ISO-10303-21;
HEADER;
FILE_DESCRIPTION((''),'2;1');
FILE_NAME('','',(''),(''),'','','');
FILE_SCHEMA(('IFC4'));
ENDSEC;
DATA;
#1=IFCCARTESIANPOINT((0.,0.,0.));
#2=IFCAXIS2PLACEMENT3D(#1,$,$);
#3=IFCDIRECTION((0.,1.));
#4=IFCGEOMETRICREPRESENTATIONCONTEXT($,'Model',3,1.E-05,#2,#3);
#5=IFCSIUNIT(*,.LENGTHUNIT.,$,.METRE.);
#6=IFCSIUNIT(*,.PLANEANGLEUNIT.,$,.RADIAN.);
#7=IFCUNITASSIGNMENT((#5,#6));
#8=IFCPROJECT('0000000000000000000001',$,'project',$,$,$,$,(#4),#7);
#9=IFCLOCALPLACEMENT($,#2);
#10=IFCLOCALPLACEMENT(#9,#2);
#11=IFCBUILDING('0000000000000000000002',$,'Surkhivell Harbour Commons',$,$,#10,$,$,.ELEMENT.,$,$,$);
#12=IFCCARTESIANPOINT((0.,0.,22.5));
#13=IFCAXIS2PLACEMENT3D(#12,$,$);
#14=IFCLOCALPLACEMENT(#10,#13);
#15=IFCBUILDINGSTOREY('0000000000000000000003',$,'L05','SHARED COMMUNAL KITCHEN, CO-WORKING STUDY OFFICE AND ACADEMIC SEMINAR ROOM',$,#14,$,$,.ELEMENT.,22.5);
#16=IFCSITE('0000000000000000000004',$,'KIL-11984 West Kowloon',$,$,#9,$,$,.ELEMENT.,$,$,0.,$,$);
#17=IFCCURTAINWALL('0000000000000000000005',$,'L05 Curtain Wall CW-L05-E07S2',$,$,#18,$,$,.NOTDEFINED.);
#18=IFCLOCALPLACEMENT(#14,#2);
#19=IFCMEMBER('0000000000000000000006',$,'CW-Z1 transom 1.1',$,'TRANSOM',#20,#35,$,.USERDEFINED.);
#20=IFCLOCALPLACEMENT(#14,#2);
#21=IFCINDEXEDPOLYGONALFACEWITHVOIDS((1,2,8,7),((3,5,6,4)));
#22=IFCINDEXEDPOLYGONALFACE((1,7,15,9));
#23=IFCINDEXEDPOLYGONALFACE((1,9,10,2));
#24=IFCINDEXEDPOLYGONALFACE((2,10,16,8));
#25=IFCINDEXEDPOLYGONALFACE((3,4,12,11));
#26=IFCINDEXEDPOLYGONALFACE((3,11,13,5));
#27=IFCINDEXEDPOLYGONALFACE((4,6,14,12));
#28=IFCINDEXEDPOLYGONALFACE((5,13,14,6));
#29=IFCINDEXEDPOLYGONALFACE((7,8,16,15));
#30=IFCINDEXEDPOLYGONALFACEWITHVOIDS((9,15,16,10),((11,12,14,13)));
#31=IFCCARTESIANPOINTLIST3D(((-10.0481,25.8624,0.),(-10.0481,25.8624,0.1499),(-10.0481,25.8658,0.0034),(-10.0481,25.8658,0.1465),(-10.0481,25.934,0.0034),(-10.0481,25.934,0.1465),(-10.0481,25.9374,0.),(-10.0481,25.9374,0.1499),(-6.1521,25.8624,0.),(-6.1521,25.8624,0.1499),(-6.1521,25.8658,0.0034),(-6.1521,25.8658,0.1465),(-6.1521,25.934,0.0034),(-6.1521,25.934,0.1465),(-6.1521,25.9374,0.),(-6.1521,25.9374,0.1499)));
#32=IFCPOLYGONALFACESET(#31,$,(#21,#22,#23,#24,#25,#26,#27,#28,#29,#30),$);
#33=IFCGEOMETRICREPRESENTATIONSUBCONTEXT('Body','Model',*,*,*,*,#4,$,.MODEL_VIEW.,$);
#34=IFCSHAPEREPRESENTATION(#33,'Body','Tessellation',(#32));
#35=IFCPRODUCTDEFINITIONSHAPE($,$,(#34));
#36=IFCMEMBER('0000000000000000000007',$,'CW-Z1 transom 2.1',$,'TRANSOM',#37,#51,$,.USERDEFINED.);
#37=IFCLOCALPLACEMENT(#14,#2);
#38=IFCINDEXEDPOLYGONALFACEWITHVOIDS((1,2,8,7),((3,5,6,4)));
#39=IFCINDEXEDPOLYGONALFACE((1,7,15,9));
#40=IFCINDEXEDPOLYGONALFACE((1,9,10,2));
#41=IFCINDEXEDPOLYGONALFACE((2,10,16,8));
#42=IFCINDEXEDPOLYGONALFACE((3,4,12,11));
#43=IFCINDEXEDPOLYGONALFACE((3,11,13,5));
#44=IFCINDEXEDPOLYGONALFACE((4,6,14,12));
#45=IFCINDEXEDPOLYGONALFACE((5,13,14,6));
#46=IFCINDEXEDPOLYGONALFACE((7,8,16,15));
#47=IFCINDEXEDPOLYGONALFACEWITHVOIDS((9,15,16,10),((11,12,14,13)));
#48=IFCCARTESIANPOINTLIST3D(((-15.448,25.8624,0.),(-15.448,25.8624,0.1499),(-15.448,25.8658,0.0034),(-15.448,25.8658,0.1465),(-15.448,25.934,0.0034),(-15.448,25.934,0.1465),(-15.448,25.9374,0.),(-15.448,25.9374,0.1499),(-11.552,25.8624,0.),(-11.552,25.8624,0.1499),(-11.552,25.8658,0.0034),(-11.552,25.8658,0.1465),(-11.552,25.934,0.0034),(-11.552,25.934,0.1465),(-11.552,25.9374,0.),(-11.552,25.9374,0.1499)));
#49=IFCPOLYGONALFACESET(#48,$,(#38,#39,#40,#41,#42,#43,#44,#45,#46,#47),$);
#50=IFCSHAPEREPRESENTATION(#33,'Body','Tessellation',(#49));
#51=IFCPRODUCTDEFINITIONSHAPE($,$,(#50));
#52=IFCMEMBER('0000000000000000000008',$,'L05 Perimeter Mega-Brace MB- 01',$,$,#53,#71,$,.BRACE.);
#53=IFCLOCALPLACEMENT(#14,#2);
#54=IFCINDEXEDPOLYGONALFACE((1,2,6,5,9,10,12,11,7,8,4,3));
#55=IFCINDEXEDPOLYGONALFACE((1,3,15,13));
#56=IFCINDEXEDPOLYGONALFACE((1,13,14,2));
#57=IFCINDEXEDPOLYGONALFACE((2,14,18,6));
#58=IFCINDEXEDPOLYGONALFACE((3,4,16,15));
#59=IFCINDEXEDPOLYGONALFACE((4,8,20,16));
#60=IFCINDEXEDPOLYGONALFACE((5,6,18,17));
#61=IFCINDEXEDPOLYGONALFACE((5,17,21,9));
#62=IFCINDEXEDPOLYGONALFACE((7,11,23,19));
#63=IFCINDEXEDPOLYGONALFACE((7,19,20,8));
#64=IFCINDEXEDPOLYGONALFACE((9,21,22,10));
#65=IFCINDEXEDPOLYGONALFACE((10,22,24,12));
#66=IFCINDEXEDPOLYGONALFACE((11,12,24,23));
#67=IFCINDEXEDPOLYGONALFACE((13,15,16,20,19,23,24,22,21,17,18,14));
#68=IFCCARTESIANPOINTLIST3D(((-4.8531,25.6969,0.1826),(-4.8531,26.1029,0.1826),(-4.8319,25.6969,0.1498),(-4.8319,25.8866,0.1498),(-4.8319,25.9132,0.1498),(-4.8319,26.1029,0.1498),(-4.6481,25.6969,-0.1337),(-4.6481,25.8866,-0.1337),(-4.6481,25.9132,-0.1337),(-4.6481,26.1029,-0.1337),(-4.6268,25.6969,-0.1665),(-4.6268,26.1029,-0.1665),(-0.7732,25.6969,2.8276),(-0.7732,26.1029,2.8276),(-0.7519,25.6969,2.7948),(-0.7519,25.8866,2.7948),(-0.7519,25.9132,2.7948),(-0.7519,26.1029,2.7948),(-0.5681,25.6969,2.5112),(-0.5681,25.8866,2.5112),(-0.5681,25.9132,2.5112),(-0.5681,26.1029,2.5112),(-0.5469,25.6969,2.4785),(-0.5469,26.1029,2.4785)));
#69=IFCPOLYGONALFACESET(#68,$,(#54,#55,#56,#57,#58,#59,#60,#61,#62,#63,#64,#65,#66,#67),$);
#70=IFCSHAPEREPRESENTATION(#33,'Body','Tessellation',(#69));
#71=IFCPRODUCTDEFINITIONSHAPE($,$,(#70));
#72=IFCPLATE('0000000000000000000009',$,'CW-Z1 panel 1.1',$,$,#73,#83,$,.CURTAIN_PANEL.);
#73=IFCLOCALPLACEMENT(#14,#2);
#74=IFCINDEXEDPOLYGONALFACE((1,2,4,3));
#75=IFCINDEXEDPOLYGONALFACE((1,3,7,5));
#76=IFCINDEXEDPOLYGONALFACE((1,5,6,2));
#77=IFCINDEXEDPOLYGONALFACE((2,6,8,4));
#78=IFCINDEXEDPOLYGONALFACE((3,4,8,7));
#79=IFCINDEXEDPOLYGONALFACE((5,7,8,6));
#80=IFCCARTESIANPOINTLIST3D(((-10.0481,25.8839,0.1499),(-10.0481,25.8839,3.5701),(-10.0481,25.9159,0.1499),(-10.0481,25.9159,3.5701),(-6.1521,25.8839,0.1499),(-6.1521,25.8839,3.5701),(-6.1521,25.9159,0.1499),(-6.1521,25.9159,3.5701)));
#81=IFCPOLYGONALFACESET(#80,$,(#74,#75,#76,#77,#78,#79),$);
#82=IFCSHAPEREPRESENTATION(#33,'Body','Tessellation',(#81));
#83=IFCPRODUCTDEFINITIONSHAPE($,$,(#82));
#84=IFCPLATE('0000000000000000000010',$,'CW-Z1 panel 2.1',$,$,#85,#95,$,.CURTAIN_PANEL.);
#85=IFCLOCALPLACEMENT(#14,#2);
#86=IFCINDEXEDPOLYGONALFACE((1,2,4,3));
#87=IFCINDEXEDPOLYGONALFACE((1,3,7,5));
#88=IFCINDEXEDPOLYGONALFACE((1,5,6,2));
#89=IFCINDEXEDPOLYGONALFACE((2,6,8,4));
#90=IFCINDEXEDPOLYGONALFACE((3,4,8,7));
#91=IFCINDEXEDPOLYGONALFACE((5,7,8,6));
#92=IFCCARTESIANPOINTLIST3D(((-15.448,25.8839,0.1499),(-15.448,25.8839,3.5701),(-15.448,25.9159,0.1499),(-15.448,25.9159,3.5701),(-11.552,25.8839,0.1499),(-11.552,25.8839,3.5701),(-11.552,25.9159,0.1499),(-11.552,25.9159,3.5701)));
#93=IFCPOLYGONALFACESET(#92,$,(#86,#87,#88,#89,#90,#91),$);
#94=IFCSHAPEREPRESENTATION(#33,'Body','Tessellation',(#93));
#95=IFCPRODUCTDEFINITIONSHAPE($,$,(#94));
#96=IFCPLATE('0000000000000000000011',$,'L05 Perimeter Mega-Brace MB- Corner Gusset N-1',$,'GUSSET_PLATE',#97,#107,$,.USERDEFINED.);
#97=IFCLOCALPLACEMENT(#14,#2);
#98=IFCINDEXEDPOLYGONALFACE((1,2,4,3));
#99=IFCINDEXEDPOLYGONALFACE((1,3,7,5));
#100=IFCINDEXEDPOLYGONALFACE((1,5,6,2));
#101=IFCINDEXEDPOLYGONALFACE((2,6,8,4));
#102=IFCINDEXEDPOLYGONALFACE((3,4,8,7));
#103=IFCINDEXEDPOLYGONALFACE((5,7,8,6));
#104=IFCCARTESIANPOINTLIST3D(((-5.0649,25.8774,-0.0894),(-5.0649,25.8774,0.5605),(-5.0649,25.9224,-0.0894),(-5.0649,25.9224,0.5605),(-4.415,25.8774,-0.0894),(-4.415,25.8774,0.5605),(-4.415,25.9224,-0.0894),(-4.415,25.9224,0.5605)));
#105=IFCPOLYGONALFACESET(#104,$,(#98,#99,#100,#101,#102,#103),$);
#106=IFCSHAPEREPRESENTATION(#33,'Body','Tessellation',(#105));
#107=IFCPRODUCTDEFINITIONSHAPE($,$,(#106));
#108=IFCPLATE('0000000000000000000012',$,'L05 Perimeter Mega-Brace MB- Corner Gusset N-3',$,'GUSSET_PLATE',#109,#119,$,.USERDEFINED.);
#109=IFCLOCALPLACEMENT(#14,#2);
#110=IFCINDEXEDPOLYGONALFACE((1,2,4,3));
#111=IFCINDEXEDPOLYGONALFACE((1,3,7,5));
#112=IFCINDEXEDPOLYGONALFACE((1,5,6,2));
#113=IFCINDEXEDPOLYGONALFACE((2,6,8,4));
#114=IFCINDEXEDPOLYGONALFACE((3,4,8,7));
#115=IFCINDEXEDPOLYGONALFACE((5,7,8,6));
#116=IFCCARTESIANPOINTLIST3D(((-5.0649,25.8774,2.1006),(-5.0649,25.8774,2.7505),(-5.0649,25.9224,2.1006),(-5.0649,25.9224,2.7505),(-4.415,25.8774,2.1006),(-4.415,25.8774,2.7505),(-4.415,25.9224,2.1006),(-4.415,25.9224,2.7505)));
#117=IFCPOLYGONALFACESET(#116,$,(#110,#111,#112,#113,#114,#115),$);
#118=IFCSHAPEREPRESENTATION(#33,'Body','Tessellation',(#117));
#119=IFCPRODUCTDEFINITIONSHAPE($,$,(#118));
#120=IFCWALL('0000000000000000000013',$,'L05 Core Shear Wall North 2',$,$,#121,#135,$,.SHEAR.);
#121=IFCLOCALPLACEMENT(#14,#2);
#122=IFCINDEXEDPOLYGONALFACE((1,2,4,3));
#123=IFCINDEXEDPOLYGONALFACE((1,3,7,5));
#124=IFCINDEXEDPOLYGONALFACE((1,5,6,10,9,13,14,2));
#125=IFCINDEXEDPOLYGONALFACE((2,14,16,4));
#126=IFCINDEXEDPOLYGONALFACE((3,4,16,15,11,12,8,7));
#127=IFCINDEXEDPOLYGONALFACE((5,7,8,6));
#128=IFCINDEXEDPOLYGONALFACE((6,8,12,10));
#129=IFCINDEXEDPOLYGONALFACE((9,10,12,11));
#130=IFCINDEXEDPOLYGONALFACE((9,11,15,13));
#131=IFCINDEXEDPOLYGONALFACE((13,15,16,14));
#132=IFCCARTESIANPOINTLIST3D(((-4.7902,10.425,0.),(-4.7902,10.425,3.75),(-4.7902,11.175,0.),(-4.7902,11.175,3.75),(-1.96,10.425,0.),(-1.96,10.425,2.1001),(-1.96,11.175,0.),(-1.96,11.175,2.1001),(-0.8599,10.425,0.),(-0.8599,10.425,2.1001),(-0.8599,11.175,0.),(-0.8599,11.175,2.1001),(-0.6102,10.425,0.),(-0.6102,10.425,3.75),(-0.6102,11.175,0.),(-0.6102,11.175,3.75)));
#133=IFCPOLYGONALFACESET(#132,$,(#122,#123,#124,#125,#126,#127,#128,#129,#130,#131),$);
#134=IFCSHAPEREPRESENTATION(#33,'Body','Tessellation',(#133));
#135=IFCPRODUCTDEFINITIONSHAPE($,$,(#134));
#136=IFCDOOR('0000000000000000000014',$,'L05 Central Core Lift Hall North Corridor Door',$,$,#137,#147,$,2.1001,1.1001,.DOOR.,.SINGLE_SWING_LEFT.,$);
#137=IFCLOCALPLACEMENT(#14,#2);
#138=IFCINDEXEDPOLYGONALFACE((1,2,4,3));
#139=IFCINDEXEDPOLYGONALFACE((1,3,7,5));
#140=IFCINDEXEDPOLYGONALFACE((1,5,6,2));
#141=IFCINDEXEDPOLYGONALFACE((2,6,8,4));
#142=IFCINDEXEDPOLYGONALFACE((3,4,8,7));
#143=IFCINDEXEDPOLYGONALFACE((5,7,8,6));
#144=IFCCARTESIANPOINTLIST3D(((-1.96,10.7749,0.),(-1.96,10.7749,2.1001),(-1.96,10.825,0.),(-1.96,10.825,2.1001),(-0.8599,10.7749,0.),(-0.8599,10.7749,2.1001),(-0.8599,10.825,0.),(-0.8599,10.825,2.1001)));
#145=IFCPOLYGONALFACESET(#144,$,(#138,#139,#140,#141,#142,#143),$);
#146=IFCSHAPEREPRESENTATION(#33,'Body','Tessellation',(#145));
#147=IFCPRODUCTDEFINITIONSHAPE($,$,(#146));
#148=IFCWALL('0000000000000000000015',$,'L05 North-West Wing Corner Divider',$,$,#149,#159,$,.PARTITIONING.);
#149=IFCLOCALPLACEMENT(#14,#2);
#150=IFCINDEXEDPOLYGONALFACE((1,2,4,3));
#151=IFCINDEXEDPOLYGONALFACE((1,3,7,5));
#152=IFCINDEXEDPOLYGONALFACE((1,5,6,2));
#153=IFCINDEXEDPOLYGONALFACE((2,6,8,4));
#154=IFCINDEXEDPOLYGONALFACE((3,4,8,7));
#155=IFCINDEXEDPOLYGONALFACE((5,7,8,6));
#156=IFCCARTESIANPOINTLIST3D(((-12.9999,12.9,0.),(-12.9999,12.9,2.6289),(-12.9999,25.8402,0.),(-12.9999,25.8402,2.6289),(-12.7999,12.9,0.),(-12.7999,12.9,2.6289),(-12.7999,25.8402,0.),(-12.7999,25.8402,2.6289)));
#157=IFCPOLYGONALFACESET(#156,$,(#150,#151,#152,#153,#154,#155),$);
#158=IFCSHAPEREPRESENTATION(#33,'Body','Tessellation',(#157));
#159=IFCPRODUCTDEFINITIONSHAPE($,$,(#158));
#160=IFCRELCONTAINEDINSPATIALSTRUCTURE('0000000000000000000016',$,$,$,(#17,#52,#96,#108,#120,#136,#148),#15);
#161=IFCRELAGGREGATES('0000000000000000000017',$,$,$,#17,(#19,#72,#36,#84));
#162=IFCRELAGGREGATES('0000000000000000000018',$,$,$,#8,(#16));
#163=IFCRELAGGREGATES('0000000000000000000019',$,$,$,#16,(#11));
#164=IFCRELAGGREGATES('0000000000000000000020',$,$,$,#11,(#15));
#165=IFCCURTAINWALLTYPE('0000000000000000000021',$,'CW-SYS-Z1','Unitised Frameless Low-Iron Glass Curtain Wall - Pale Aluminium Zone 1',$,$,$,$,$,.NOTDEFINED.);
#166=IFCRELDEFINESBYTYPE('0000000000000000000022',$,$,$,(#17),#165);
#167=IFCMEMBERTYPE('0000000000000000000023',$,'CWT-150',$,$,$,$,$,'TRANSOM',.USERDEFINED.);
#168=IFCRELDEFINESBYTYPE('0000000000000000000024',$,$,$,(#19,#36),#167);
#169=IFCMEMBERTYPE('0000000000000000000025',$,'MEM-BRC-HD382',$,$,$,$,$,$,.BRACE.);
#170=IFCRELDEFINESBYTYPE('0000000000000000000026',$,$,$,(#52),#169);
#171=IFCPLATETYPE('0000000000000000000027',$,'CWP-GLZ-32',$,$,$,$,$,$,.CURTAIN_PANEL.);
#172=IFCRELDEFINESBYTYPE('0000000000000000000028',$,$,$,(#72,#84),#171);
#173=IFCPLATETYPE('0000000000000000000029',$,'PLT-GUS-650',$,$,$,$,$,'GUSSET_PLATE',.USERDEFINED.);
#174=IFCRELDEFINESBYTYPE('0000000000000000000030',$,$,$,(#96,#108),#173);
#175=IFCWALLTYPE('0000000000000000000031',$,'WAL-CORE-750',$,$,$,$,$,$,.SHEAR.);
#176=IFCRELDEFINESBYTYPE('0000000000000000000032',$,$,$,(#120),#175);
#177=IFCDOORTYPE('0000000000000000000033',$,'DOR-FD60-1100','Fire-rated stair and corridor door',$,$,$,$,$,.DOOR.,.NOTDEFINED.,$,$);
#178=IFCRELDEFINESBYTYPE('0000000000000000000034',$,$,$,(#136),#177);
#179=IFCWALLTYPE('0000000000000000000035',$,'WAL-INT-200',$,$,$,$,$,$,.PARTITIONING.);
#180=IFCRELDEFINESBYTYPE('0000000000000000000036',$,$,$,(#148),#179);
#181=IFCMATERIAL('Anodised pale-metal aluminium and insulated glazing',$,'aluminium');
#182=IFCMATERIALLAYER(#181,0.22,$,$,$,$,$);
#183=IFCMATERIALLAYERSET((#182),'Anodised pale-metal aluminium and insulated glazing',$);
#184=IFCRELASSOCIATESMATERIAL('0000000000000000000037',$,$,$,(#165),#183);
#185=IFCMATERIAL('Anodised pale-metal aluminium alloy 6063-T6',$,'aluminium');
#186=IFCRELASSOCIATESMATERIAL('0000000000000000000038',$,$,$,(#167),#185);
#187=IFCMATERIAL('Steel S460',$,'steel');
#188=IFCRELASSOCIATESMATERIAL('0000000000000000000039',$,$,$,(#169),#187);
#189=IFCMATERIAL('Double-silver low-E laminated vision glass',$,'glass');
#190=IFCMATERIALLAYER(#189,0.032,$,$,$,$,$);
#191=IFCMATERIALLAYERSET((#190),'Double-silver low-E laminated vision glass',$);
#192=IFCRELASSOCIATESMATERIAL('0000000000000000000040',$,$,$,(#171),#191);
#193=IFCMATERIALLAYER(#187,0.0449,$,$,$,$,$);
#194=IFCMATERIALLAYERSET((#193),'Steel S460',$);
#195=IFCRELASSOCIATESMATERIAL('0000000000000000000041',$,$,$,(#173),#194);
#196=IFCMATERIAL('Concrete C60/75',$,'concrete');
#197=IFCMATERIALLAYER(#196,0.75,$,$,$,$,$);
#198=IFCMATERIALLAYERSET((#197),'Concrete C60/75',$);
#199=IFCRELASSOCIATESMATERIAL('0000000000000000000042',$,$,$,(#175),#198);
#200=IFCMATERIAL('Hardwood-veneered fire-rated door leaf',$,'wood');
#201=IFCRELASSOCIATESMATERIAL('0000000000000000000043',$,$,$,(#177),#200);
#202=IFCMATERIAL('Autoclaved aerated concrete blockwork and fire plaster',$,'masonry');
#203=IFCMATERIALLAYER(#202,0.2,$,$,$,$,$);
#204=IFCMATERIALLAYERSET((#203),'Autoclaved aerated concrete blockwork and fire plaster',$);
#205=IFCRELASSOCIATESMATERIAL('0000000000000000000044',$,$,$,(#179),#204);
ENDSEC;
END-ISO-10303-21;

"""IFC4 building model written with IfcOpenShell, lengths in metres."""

from ifc_helpers import new_model, si_unit, direction, frame, frame_2d, origin, origin_2d, place, context, subcontext, project, spatial, rectangle, hollow_rectangle, i_section, extrude, material, layer, layer_set, material_profile, profile_set, type_object, element, fill, aggregate, save


model = new_model("IFC4")

# Units and contexts
model_context = context("Model", 3, precision=1e-05, world=origin(), true_north=direction((0.0, 1.0)))
body_context = subcontext(model_context, "Body", "Model", "MODEL_VIEW")
ifc_project = project(units=[si_unit("LENGTHUNIT", "METRE"), si_unit("PLANEANGLEUNIT", "RADIAN")], contexts=[model_context])

# Site, building, storey
site_placement = place(None, origin())
site = spatial("IfcSite", under=ifc_project, at=site_placement, Name="KIL-11984 West Kowloon", CompositionType="ELEMENT", RefElevation=0.0)
building_placement = place(site_placement, origin())
building = spatial("IfcBuilding", under=site, at=building_placement, Name="Surkhivell Harbour Commons", CompositionType="ELEMENT")
storey_placement = place(building_placement, frame((0.0, 0.0, 22.5)))
storey = spatial("IfcBuildingStorey", under=building, at=storey_placement, Name="L05", Description="SHARED COMMUNAL KITCHEN, CO-WORKING STUDY OFFICE AND ACADEMIC SEMINAR ROOM", CompositionType="ELEMENT", Elevation=22.5)

# Shared definitions
ifc_material_1 = material(Name="Steel S460", Category="steel")

# Curtain wall, members
ifc_material_2 = material(Name="Anodised pale-metal aluminium and insulated glazing", Category="aluminium")
ifc_layer_1 = layer(ifc_material_2, 0.22)
ifc_layer_set_1 = layer_set([ifc_layer_1], Name="Anodised pale-metal aluminium and insulated glazing")
curtain_wall_type = type_object("IfcCurtainWallType", Name="CW-SYS-Z1", Description="Unitised Frameless Low-Iron Glass Curtain Wall - Pale Aluminium Zone 1", PredefinedType="NOTDEFINED", material=ifc_layer_set_1)
curtain_wall_placement = place(storey_placement, origin())
curtain_wall = element("IfcCurtainWall", 1, at=curtain_wall_placement, inside=storey, type_object=curtain_wall_type, Name="L05 Curtain Wall CW-L05-E07S2", PredefinedType="NOTDEFINED")
ifc_material_3 = material(Name="Anodised pale-metal aluminium alloy 6063-T6", Category="aluminium")
ifc_material_profile_1 = material_profile(ifc_material_3, hollow_rectangle(XDim=0.075, YDim=0.1499, WallThickness=0.0034, at=origin_2d()), Name="ALU-TRAN-75x150")
ifc_profile_set_1 = profile_set([ifc_material_profile_1], Name="Anodised pale-metal aluminium alloy 6063-T6")
member_type_1 = type_object("IfcMemberType", Name="CWT-150", ElementType="TRANSOM", PredefinedType="USERDEFINED", material=ifc_profile_set_1)
member_1_placement = place(storey_placement, frame((-6.1521, 25.8999, 0.075), z_axis=(-1.0, 0.0, 0.0), x_axis=(0.0, -1.0, 0.0)))
member_1 = element("IfcMember", 2, at=member_1_placement, type_object=member_type_1, Name="CW-Z1 transom 1.1", ObjectType="TRANSOM", PredefinedType="USERDEFINED", context=body_context, shape_type="SweptSolid", body=[
    extrude(hollow_rectangle(XDim=0.075, YDim=0.1499, WallThickness=0.0034, at=origin_2d()), origin(), (0.0, 0.0, 1.0), 3.896),
])
member_2_placement = place(storey_placement, frame((-11.552, 25.8999, 0.075), z_axis=(-1.0, 0.0, 0.0), x_axis=(0.0, -1.0, 0.0)))
member_2 = element("IfcMember", 3, at=member_2_placement, type_object=member_type_1, Name="CW-Z1 transom 2.1", ObjectType="TRANSOM", PredefinedType="USERDEFINED", context=body_context, shape_type="SweptSolid", body=[
    extrude(hollow_rectangle(XDim=0.075, YDim=0.1499, WallThickness=0.0034, at=origin_2d()), origin(), (0.0, 0.0, 1.0), 3.896),
])

# Member
ifc_material_profile_2 = material_profile(ifc_material_1, i_section(OverallWidth=0.406, OverallDepth=0.416, WebThickness=0.0266, FlangeThickness=0.0391, at=origin_2d()), Name="HD400x382")
ifc_profile_set_2 = profile_set([ifc_material_profile_2], Name="Steel S460")
member_type_2 = type_object("IfcMemberType", Name="MEM-BRC-HD382", PredefinedType="BRACE", material=ifc_profile_set_2)
member_3_placement = place(storey_placement, frame((-4.74, 25.8999, 0.0081), z_axis=(0.839104, 0.0, 0.543971), x_axis=(0.0, 1.0, 0.0)))
element("IfcMember", 4, at=member_3_placement, inside=storey, type_object=member_type_2, Name="L05 Perimeter Mega-Brace MB- 01", PredefinedType="BRACE", context=body_context, shape_type="SweptSolid", body=[
    extrude(i_section(OverallWidth=0.406, OverallDepth=0.416, WebThickness=0.0266, FlangeThickness=0.0391, at=origin_2d()), origin(), (0.0, 0.0, 1.0), 4.8623),
])

# Plates
ifc_material_4 = material(Name="Double-silver low-E laminated vision glass", Category="glass")
ifc_layer_2 = layer(ifc_material_4, 0.032)
ifc_layer_set_2 = layer_set([ifc_layer_2], Name="Double-silver low-E laminated vision glass")
plate_type_1 = type_object("IfcPlateType", Name="CWP-GLZ-32", PredefinedType="CURTAIN_PANEL", material=ifc_layer_set_2)
plate_1_placement = place(storey_placement, frame((-6.1521, 25.8999, 0.1499), z_axis=(0.0, 0.0, 1.0), x_axis=(-1.0, 0.0, 0.0)))
plate_1 = element("IfcPlate", 5, at=plate_1_placement, type_object=plate_type_1, Name="CW-Z1 panel 1.1", PredefinedType="CURTAIN_PANEL", context=body_context, shape_type="SweptSolid", body=[
    extrude(rectangle(XDim=3.896, YDim=0.032, at=frame_2d((1.948, 0.0))), origin(), (0.0, 0.0, 1.0), 3.4202),
])
plate_2_placement = place(storey_placement, frame((-11.552, 25.8999, 0.1499), z_axis=(0.0, 0.0, 1.0), x_axis=(-1.0, 0.0, 0.0)))
plate_2 = element("IfcPlate", 6, at=plate_2_placement, type_object=plate_type_1, Name="CW-Z1 panel 2.1", PredefinedType="CURTAIN_PANEL", context=body_context, shape_type="SweptSolid", body=[
    extrude(rectangle(XDim=3.896, YDim=0.032, at=frame_2d((1.948, 0.0))), origin(), (0.0, 0.0, 1.0), 3.4202),
])
aggregate(curtain_wall, [member_1, plate_1, member_2, plate_2])

# Plates
ifc_layer_3 = layer(ifc_material_1, 0.0449)
ifc_layer_set_3 = layer_set([ifc_layer_3], Name="Steel S460")
plate_type_2 = type_object("IfcPlateType", Name="PLT-GUS-650", ElementType="GUSSET_PLATE", PredefinedType="USERDEFINED", material=ifc_layer_set_3)
for number, where, z_axis, x_axis, name in (
    (7, (-4.74, 25.8999, -0.0894), (0.0, 0.0, 1.0), (1.0, 0.0, 0.0), "L05 Perimeter Mega-Brace MB- Corner Gusset N-1"),
    (8, (-4.74, 25.8999, 2.1006), (0.0, 0.0, 1.0), (1.0, 0.0, 0.0), "L05 Perimeter Mega-Brace MB- Corner Gusset N-3"),
):
    element("IfcPlate", number, at=place(storey_placement, frame(where, z_axis=z_axis, x_axis=x_axis)), inside=storey, type_object=plate_type_2, Name=name, ObjectType="GUSSET_PLATE", PredefinedType="USERDEFINED", context=body_context, shape_type="SweptSolid", body=[
        extrude(rectangle(XDim=0.6499, YDim=0.0449, at=origin_2d()), origin(), (0.0, 0.0, 1.0), 0.6499),
    ])

# Wall, opening, door
ifc_material_5 = material(Name="Concrete C60/75", Category="concrete")
ifc_layer_4 = layer(ifc_material_5, 0.75)
ifc_layer_set_4 = layer_set([ifc_layer_4], Name="Concrete C60/75")
wall_type_1 = type_object("IfcWallType", Name="WAL-CORE-750", PredefinedType="SHEAR", material=ifc_layer_set_4)
wall_1_placement = place(storey_placement, frame((-4.79, 10.8, 0.0), z_axis=(0.0, 0.0, 1.0), x_axis=(1.0, 0.0, 0.0)))
wall_1 = element("IfcWall", 9, at=wall_1_placement, inside=storey, type_object=wall_type_1, Name="L05 Core Shear Wall North 2", PredefinedType="SHEAR", context=body_context, shape_type="SweptSolid", body=[
    extrude(rectangle(XDim=4.1799, YDim=0.75, at=frame_2d((2.0898, 0.0))), origin(), (0.0, 0.0, 1.0), 3.75),
])
opening_1_placement = place(wall_1_placement, frame((2.8301, 0.0, 0.0)))
opening_1 = element("IfcOpeningElement", 10, at=opening_1_placement, cuts=wall_1, PredefinedType="OPENING", context=body_context, shape_type="SweptSolid", body=[
    extrude(rectangle(XDim=1.1001, YDim=2.1001, at=frame_2d((0.55, 1.05))), frame((0.0, 0.385, 0.0), z_axis=(0.0, -1.0, 0.0), x_axis=(1.0, 0.0, 0.0)), (0.0, 0.0, 1.0), 0.77),
])
ifc_material_6 = material(Name="Hardwood-veneered fire-rated door leaf", Category="wood")
door_type_1 = type_object("IfcDoorType", Name="DOR-FD60-1100", Description="Fire-rated stair and corridor door", OperationType="NOTDEFINED", PredefinedType="DOOR", material=ifc_material_6)
door_1_placement = place(opening_1_placement, origin())
door_1 = element("IfcDoor", 11, at=door_1_placement, inside=storey, type_object=door_type_1, Name="L05 Central Core Lift Hall North Corridor Door", OperationType="SINGLE_SWING_LEFT", OverallHeight=2.1001, OverallWidth=1.1001, PredefinedType="DOOR", context=body_context, shape_type="SweptSolid", body=[
    extrude(rectangle(XDim=1.1001, YDim=2.1001, at=frame_2d((0.55, 1.05))), frame((0.0, 0.0249, 0.0), z_axis=(0.0, -1.0, 0.0), x_axis=(1.0, 0.0, 0.0)), (0.0, 0.0, 1.0), 0.05),
])
fill(opening_1, door_1)

# Wall
ifc_material_7 = material(Name="Autoclaved aerated concrete blockwork and fire plaster", Category="masonry")
ifc_layer_5 = layer(ifc_material_7, 0.2)
ifc_layer_set_5 = layer_set([ifc_layer_5], Name="Autoclaved aerated concrete blockwork and fire plaster")
wall_type_2 = type_object("IfcWallType", Name="WAL-INT-200", PredefinedType="PARTITIONING", material=ifc_layer_set_5)
wall_2_placement = place(storey_placement, frame((-12.8999, 12.8999, 0.0), z_axis=(0.0, 0.0, 1.0), x_axis=(0.0, 1.0, 0.0)))
element("IfcWall", 12, at=wall_2_placement, inside=storey, type_object=wall_type_2, Name="L05 North-West Wing Corner Divider", PredefinedType="PARTITIONING", context=body_context, shape_type="SweptSolid", body=[
    extrude(rectangle(XDim=12.9402, YDim=0.2, at=frame_2d((6.4702, 0.0))), origin(), (0.0, 0.0, 1.0), 2.6289),
])

save(model, "model.ifc")
